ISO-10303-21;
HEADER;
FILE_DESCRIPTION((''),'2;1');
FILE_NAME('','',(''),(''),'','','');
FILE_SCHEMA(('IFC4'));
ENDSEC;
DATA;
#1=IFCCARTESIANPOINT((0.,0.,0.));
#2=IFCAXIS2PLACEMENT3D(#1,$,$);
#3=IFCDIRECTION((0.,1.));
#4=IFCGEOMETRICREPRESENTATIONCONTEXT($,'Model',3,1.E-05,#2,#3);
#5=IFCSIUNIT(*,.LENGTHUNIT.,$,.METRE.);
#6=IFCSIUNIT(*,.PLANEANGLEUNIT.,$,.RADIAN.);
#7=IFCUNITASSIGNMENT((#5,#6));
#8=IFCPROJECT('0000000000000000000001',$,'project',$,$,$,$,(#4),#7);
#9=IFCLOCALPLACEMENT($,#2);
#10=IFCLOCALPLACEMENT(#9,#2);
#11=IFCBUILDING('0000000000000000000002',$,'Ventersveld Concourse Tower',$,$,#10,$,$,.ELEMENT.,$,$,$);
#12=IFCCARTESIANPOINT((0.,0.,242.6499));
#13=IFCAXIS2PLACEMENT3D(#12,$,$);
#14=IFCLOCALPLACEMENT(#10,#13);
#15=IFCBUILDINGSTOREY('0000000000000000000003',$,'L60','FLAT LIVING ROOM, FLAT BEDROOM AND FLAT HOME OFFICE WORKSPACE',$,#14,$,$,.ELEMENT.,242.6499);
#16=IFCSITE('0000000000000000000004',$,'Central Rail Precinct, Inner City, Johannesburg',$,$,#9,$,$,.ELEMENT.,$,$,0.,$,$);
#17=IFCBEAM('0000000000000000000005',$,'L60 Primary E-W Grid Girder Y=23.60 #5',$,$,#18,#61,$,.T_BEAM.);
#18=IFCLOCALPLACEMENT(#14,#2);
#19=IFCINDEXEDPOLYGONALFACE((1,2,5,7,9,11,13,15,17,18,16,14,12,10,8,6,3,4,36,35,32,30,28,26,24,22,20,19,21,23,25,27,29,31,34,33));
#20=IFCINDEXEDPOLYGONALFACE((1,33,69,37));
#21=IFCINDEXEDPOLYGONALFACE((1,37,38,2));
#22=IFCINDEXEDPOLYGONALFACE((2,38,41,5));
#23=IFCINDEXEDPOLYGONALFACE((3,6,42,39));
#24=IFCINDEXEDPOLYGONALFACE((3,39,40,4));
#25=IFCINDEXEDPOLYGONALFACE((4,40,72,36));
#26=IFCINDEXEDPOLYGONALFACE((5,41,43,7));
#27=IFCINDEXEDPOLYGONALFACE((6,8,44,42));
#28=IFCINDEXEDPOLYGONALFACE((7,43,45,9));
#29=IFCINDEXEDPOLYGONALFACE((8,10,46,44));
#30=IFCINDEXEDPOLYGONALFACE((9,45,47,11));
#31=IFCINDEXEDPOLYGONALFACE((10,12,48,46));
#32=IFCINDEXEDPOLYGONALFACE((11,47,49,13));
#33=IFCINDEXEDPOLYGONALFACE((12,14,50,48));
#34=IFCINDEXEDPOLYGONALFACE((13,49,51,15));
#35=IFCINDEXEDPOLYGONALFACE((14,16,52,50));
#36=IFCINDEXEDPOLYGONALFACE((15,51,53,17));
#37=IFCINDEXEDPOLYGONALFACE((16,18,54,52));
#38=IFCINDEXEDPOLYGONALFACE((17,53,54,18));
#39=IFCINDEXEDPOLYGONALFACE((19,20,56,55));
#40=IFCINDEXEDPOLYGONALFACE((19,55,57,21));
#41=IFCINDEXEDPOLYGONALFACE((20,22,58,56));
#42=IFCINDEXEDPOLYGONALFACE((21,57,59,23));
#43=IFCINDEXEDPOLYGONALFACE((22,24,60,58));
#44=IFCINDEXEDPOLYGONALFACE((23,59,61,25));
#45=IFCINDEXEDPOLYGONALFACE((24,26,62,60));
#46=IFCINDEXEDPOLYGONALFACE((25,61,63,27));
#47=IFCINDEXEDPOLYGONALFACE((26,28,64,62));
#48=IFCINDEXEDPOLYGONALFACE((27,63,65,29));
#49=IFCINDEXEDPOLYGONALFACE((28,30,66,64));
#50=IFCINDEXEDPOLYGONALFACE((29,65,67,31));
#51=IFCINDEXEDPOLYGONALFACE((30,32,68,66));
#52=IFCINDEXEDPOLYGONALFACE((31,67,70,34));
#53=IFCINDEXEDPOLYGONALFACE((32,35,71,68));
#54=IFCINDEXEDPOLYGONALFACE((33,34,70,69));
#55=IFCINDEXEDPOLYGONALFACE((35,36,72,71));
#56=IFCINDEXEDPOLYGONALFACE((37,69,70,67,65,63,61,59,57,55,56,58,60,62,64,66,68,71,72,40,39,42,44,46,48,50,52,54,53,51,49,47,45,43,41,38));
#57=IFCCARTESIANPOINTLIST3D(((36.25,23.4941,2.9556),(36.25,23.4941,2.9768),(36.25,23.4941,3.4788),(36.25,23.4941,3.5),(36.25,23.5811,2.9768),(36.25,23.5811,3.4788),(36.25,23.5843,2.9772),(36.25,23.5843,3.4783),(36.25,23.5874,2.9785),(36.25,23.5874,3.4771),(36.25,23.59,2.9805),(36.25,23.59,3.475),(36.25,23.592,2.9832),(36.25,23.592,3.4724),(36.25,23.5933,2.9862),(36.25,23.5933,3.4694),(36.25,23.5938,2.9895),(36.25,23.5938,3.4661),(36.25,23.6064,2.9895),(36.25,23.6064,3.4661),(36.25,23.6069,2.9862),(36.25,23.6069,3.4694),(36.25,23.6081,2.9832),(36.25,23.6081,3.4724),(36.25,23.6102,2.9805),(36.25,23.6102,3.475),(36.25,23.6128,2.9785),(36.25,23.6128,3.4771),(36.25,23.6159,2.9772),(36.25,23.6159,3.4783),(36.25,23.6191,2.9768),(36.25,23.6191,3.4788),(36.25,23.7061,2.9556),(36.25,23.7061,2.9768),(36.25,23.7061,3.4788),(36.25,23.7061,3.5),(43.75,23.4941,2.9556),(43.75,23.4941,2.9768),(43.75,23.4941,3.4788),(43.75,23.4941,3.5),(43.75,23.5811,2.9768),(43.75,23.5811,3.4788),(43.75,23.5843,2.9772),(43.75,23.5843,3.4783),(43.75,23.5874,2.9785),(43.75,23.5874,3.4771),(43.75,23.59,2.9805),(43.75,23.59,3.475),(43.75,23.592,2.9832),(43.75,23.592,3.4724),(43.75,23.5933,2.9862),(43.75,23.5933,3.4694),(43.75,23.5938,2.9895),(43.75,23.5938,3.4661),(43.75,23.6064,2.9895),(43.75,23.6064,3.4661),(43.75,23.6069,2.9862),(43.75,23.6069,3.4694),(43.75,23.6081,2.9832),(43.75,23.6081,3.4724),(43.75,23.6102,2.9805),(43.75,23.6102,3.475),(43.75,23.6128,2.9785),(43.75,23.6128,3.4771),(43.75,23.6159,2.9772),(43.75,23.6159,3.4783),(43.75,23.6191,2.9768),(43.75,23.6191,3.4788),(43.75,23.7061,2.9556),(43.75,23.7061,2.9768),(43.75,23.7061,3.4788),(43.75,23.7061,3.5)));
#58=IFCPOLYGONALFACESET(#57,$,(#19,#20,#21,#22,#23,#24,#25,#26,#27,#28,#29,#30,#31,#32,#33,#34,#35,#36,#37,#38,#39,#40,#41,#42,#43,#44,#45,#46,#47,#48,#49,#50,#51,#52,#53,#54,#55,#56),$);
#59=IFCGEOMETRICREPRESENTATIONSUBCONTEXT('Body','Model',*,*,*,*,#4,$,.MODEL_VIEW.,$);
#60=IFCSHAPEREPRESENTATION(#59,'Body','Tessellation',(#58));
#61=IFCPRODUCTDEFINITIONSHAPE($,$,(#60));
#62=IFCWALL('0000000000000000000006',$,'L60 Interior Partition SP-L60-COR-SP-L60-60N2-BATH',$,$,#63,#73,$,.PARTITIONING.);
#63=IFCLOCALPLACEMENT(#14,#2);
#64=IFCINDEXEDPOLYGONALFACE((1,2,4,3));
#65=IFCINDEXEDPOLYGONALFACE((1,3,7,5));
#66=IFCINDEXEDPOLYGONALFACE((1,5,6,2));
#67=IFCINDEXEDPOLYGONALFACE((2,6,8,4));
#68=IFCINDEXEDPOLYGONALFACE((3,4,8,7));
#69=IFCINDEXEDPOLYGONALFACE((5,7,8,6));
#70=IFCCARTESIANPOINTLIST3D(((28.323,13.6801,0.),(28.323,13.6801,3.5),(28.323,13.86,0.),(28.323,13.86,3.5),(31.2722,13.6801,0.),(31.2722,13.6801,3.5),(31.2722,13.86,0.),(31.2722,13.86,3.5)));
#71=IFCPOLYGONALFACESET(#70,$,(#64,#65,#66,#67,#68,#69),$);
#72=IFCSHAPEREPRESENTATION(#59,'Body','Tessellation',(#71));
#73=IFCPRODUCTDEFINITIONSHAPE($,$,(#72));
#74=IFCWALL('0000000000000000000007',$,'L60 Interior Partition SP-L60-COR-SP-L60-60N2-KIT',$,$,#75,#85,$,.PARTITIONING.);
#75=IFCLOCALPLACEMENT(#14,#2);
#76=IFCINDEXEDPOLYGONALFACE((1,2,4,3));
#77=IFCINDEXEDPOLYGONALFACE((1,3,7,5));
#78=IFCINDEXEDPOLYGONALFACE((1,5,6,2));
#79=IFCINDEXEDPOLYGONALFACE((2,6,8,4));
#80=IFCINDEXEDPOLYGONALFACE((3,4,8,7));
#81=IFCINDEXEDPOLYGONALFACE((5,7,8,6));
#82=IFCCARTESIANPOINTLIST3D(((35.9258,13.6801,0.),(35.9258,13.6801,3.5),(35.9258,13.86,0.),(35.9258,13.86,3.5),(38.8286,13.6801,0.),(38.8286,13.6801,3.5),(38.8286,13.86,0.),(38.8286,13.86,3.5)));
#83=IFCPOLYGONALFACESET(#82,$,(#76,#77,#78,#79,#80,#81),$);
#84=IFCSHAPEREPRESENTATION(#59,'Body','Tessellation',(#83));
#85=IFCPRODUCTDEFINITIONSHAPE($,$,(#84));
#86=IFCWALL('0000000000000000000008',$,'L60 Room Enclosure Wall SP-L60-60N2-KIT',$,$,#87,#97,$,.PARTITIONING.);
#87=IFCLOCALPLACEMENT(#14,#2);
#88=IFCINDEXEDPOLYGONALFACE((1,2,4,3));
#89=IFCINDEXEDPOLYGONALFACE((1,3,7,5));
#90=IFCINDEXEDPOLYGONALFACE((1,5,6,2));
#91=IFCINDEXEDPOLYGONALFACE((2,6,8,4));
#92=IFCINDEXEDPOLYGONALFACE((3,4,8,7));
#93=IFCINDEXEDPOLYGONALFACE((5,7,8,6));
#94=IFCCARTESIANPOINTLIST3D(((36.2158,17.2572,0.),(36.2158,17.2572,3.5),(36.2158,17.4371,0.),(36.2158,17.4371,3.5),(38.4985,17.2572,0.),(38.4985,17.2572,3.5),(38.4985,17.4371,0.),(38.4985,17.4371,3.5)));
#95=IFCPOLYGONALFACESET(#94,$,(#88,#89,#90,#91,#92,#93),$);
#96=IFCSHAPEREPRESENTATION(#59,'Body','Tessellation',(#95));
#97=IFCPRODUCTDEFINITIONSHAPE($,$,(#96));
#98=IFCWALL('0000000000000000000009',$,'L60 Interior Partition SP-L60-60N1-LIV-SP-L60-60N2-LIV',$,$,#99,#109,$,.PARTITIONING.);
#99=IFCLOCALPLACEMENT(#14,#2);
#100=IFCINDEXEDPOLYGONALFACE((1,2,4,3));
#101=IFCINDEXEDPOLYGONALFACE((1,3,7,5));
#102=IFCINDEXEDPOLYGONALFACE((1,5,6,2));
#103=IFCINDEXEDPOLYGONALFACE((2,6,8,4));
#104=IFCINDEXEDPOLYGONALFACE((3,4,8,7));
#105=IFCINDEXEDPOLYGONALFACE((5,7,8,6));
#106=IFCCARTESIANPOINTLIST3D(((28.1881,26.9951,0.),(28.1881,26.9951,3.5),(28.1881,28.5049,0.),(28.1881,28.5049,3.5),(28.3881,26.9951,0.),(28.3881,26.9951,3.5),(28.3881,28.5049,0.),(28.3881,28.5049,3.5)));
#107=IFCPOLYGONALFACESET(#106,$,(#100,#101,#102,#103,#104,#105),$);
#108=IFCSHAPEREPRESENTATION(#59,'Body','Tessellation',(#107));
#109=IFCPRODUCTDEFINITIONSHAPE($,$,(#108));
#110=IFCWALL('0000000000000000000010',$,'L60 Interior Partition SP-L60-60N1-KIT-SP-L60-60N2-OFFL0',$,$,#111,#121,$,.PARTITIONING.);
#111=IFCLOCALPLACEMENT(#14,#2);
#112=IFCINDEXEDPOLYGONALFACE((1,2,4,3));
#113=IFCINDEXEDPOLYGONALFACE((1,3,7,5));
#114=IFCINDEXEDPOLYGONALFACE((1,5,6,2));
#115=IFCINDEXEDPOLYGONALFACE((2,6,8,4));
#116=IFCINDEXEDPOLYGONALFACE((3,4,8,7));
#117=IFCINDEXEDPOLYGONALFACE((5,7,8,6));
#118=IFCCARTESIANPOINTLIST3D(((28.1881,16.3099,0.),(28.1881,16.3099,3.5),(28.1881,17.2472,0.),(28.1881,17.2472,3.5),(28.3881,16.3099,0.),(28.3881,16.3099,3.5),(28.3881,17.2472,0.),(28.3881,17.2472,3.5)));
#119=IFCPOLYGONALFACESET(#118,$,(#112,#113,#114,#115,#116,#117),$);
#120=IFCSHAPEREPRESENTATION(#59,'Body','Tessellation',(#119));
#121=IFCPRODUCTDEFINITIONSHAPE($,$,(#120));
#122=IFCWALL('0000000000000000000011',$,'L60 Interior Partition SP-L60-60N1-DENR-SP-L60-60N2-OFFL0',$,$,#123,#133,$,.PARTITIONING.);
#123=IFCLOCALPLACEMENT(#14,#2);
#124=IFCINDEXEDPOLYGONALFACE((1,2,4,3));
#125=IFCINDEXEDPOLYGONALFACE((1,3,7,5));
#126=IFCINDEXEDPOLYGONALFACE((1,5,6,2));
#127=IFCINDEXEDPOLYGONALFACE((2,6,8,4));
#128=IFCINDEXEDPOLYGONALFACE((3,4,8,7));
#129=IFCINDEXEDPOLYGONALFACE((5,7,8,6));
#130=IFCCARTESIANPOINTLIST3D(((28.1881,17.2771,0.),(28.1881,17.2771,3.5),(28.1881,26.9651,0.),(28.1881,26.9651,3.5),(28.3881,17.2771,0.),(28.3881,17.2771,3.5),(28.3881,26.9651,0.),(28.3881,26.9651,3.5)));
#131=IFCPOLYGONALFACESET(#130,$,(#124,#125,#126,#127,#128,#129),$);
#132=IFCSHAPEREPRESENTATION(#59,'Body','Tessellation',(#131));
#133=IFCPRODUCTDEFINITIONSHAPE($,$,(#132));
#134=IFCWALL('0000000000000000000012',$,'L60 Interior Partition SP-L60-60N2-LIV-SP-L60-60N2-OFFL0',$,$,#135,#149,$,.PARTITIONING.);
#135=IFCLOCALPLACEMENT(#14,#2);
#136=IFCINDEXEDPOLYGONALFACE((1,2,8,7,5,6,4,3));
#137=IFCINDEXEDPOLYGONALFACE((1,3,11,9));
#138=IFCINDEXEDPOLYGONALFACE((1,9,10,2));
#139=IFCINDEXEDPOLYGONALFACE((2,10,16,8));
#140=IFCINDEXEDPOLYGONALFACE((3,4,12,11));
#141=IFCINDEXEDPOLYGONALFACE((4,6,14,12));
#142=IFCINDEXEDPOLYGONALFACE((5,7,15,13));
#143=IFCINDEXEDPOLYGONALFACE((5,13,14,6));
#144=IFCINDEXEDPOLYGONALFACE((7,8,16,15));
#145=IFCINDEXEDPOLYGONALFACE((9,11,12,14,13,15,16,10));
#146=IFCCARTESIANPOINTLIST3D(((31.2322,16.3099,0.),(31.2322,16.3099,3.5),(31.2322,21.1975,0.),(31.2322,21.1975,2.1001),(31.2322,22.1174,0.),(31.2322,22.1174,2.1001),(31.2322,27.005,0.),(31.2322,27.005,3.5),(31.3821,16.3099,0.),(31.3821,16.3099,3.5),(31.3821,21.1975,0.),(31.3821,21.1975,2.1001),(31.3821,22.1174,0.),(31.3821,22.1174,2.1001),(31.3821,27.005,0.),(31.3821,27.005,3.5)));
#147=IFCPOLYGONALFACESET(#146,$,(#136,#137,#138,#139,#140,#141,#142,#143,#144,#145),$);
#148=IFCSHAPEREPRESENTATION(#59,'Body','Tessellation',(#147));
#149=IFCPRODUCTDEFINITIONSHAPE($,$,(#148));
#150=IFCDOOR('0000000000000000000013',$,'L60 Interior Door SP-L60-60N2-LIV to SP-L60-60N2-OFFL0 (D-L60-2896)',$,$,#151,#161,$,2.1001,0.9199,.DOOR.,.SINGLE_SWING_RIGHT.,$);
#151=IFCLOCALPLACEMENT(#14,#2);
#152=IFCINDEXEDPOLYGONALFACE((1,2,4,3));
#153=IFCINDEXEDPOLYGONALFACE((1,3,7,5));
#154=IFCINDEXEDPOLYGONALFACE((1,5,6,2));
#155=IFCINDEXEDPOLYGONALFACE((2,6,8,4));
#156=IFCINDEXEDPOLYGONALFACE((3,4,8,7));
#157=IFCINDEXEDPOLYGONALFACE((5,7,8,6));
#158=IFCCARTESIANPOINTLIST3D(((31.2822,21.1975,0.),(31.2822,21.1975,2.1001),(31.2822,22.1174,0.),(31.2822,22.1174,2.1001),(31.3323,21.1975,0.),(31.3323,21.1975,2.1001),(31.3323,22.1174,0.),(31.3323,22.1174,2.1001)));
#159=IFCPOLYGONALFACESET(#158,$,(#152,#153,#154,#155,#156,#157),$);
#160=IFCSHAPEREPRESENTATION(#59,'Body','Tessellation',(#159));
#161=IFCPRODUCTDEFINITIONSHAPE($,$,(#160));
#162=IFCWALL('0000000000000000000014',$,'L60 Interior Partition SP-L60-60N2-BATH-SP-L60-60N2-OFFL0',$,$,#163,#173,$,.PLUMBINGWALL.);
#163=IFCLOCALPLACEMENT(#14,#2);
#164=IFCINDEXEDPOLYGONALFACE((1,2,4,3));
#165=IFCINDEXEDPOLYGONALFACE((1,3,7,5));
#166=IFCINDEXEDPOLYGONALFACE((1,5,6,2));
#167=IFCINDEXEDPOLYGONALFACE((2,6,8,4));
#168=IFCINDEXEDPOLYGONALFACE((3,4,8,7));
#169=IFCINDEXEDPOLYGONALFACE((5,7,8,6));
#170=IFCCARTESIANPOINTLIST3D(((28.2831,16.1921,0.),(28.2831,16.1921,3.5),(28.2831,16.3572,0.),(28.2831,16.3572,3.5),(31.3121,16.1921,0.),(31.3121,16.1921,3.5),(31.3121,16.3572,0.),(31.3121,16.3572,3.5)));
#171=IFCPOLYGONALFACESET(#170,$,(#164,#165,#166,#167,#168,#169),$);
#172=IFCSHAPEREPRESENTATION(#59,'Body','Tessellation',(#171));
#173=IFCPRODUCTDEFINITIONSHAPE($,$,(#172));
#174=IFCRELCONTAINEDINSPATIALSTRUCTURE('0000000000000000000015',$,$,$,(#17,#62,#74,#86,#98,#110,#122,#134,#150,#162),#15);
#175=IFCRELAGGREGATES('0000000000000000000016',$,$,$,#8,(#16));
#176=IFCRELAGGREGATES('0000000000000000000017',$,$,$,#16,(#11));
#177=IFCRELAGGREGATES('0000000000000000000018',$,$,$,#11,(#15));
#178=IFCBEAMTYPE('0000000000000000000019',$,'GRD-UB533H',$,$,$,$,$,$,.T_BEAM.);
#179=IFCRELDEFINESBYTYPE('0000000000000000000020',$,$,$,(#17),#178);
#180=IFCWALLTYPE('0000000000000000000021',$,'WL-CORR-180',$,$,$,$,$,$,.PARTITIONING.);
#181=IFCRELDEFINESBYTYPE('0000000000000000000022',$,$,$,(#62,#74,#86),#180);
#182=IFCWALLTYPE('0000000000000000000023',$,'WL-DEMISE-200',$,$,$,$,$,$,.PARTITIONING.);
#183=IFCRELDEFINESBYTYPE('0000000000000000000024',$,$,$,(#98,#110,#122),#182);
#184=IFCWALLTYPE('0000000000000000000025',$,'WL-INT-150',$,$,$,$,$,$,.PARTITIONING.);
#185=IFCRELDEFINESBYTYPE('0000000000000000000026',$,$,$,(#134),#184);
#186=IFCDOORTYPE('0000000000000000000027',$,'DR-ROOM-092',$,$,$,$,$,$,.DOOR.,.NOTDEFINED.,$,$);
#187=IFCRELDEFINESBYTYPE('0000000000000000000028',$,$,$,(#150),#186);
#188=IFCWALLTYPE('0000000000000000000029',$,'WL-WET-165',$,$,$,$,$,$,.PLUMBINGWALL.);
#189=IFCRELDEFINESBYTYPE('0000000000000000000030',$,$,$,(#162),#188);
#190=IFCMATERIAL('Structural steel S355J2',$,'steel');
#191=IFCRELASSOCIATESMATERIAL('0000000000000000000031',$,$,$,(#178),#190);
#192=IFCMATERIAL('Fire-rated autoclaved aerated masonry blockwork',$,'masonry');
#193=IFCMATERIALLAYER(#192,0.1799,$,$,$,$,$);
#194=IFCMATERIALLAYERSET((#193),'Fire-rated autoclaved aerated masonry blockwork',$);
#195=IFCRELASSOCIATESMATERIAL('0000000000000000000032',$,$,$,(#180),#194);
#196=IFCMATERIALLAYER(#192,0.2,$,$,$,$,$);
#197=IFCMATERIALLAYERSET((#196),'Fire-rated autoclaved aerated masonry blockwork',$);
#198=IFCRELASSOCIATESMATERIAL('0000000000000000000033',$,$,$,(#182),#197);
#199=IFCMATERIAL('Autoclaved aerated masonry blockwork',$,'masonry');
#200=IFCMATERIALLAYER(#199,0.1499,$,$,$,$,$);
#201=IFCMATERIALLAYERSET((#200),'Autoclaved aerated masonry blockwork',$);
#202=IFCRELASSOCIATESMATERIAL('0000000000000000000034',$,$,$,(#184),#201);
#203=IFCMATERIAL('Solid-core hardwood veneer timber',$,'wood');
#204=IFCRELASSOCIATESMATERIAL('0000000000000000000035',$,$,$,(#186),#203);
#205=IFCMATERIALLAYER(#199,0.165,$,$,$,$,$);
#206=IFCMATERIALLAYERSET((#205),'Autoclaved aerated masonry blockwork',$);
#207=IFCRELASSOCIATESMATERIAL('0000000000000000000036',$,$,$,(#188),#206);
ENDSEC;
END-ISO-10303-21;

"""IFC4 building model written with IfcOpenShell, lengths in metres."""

from ifc_helpers import new_model, si_unit, direction, frame, frame_2d, origin, origin_2d, place, context, subcontext, project, spatial, rectangle, i_section, extrude, material, layer, layer_set, material_profile, profile_set, type_object, element, fill, save


model = new_model("IFC4")

# Units and contexts
model_context = context("Model", 3, precision=1e-05, world=origin(), true_north=direction((0.0, 1.0)))
body_context = subcontext(model_context, "Body", "Model", "MODEL_VIEW")
ifc_project = project(units=[si_unit("LENGTHUNIT", "METRE"), si_unit("PLANEANGLEUNIT", "RADIAN")], contexts=[model_context])

# Site, building, storey
site_placement = place(None, origin())
site = spatial("IfcSite", under=ifc_project, at=site_placement, Name="Central Rail Precinct, Inner City, Johannesburg", CompositionType="ELEMENT", RefElevation=0.0)
building_placement = place(site_placement, origin())
building = spatial("IfcBuilding", under=site, at=building_placement, Name="Ventersveld Concourse Tower", CompositionType="ELEMENT")
storey_placement = place(building_placement, frame((0.0, 0.0, 242.6499)))
storey = spatial("IfcBuildingStorey", under=building, at=storey_placement, Name="L60", Description="FLAT LIVING ROOM, FLAT BEDROOM AND FLAT HOME OFFICE WORKSPACE", CompositionType="ELEMENT", Elevation=242.6499)

# Beam
ifc_material_1 = material(Name="Structural steel S355J2", Category="steel")
ifc_material_profile_1 = material_profile(ifc_material_1, i_section(OverallWidth=0.2119, OverallDepth=0.5444, WebThickness=0.0127, FlangeThickness=0.0212, FilletRadius=0.0127, at=origin_2d()), Name="UB 533x210x122")
ifc_profile_set_1 = profile_set([ifc_material_profile_1], Name="Structural steel S355J2")
beam_type_1 = type_object("IfcBeamType", Name="GRD-UB533H", PredefinedType="T_BEAM", material=ifc_profile_set_1)
for number, where, z_axis, x_axis, name in (
    (1, (36.25, 23.6001, 3.2278), (1.0, 0.0, 0.0), (0.0, 1.0, 0.0), "L60 Primary E-W Grid Girder Y=23.60 #5"),
):
    element("IfcBeam", number, at=place(storey_placement, frame(where, z_axis=z_axis, x_axis=x_axis)), inside=storey, type_object=beam_type_1, Name=name, PredefinedType="T_BEAM", context=body_context, shape_type="SweptSolid", body=[
        extrude(i_section(OverallWidth=0.2119, OverallDepth=0.5444, WebThickness=0.0127, FlangeThickness=0.0212, FilletRadius=0.0127, at=origin_2d()), origin(), (0.0, 0.0, 1.0), 7.5),
    ])

# Shared definitions
ifc_material_2 = material(Name="Fire-rated autoclaved aerated masonry blockwork", Category="masonry")
ifc_layer_1 = layer(ifc_material_2, 0.1799)
ifc_layer_set_1 = layer_set([ifc_layer_1], Name="Fire-rated autoclaved aerated masonry blockwork")
wall_type_1 = type_object("IfcWallType", Name="WL-CORR-180", PredefinedType="PARTITIONING", material=ifc_layer_set_1)
ifc_material_3 = material(Name="Solid-core hardwood veneer timber", Category="wood")

# Walls
wall_1_placement = place(storey_placement, frame((28.323, 13.77, 0.0), z_axis=(0.0, 0.0, 1.0), x_axis=(1.0, 0.0, 0.0)))
element("IfcWall", 2, at=wall_1_placement, inside=storey, type_object=wall_type_1, Name="L60 Interior Partition SP-L60-COR-SP-L60-60N2-BATH", PredefinedType="PARTITIONING", context=body_context, shape_type="SweptSolid", body=[
    extrude(rectangle(XDim=2.9492, YDim=0.1799, at=frame_2d((1.4746, 0.0))), origin(), (0.0, 0.0, 1.0), 3.5),
])
wall_2_placement = place(storey_placement, frame((35.9258, 13.77, 0.0), z_axis=(0.0, 0.0, 1.0), x_axis=(1.0, 0.0, 0.0)))
element("IfcWall", 3, at=wall_2_placement, inside=storey, type_object=wall_type_1, Name="L60 Interior Partition SP-L60-COR-SP-L60-60N2-KIT", PredefinedType="PARTITIONING", context=body_context, shape_type="SweptSolid", body=[
    extrude(rectangle(XDim=2.9028, YDim=0.1799, at=frame_2d((1.4514, 0.0))), origin(), (0.0, 0.0, 1.0), 3.5),
])
wall_3_placement = place(storey_placement, frame((36.2158, 17.3472, 0.0), z_axis=(0.0, 0.0, 1.0), x_axis=(1.0, 0.0, 0.0)))
element("IfcWall", 4, at=wall_3_placement, inside=storey, type_object=wall_type_1, Name="L60 Room Enclosure Wall SP-L60-60N2-KIT", PredefinedType="PARTITIONING", context=body_context, shape_type="SweptSolid", body=[
    extrude(rectangle(XDim=2.2827, YDim=0.1799, at=frame_2d((1.1414, 0.0))), origin(), (0.0, 0.0, 1.0), 3.5),
])
ifc_layer_2 = layer(ifc_material_2, 0.2)
ifc_layer_set_2 = layer_set([ifc_layer_2], Name="Fire-rated autoclaved aerated masonry blockwork")
wall_type_2 = type_object("IfcWallType", Name="WL-DEMISE-200", PredefinedType="PARTITIONING", material=ifc_layer_set_2)
wall_4_placement = place(storey_placement, frame((28.2881, 26.9951, 0.0), z_axis=(0.0, 0.0, 1.0), x_axis=(0.0, 1.0, 0.0)))
element("IfcWall", 5, at=wall_4_placement, inside=storey, type_object=wall_type_2, Name="L60 Interior Partition SP-L60-60N1-LIV-SP-L60-60N2-LIV", PredefinedType="PARTITIONING", context=body_context, shape_type="SweptSolid", body=[
    extrude(rectangle(XDim=1.5098, YDim=0.2, at=frame_2d((0.7549, 0.0))), origin(), (0.0, 0.0, 1.0), 3.5),
])
wall_5_placement = place(storey_placement, frame((28.2881, 16.3098, 0.0), z_axis=(0.0, 0.0, 1.0), x_axis=(0.0, 1.0, 0.0)))
element("IfcWall", 6, at=wall_5_placement, inside=storey, type_object=wall_type_2, Name="L60 Interior Partition SP-L60-60N1-KIT-SP-L60-60N2-OFFL0", PredefinedType="PARTITIONING", context=body_context, shape_type="SweptSolid", body=[
    extrude(rectangle(XDim=0.9373, YDim=0.2, at=frame_2d((0.4688, 0.0))), origin(), (0.0, 0.0, 1.0), 3.5),
])
wall_6_placement = place(storey_placement, frame((28.2881, 17.2771, 0.0), z_axis=(0.0, 0.0, 1.0), x_axis=(0.0, 1.0, 0.0)))
element("IfcWall", 7, at=wall_6_placement, inside=storey, type_object=wall_type_2, Name="L60 Interior Partition SP-L60-60N1-DENR-SP-L60-60N2-OFFL0", PredefinedType="PARTITIONING", context=body_context, shape_type="SweptSolid", body=[
    extrude(rectangle(XDim=9.688, YDim=0.2, at=frame_2d((4.844, 0.0))), origin(), (0.0, 0.0, 1.0), 3.5),
])

# Wall, opening, door
ifc_material_4 = material(Name="Autoclaved aerated masonry blockwork", Category="masonry")
ifc_layer_3 = layer(ifc_material_4, 0.1499)
ifc_layer_set_3 = layer_set([ifc_layer_3], Name="Autoclaved aerated masonry blockwork")
wall_type_3 = type_object("IfcWallType", Name="WL-INT-150", PredefinedType="PARTITIONING", material=ifc_layer_set_3)
wall_7_placement = place(storey_placement, frame((31.3071, 16.3098, 0.0), z_axis=(0.0, 0.0, 1.0), x_axis=(0.0, 1.0, 0.0)))
wall_7 = element("IfcWall", 8, at=wall_7_placement, inside=storey, type_object=wall_type_3, Name="L60 Interior Partition SP-L60-60N2-LIV-SP-L60-60N2-OFFL0", PredefinedType="PARTITIONING", context=body_context, shape_type="SweptSolid", body=[
    extrude(rectangle(XDim=10.6951, YDim=0.1499, at=frame_2d((5.3477, 0.0))), origin(), (0.0, 0.0, 1.0), 3.5),
])
opening_1_placement = place(wall_7_placement, frame((4.8877, 0.0, 0.0)))
opening_1 = element("IfcOpeningElement", 9, at=opening_1_placement, cuts=wall_7, PredefinedType="OPENING", context=body_context, shape_type="SweptSolid", body=[
    extrude(rectangle(XDim=0.9199, YDim=2.1001, at=frame_2d((0.46, 1.05))), frame((0.0, 0.085, 0.0), z_axis=(0.0, -1.0, 0.0), x_axis=(1.0, 0.0, 0.0)), (0.0, 0.0, 1.0), 0.1699),
])
door_type_1 = type_object("IfcDoorType", Name="DR-ROOM-092", OperationType="NOTDEFINED", PredefinedType="DOOR", material=ifc_material_3)
door_1_placement = place(opening_1_placement, origin())
door_1 = element("IfcDoor", 10, at=door_1_placement, inside=storey, type_object=door_type_1, Name="L60 Interior Door SP-L60-60N2-LIV to SP-L60-60N2-OFFL0 (D-L60-2896)", OperationType="SINGLE_SWING_RIGHT", OverallHeight=2.1001, OverallWidth=0.9199, PredefinedType="DOOR", context=body_context, shape_type="SweptSolid", body=[
    extrude(rectangle(XDim=0.9199, YDim=2.1001, at=frame_2d((0.46, 1.05))), frame((0.0, 0.0249, 0.0), z_axis=(0.0, -1.0, 0.0), x_axis=(1.0, 0.0, 0.0)), (0.0, 0.0, 1.0), 0.05),
])
fill(opening_1, door_1)

# Wall
ifc_layer_4 = layer(ifc_material_4, 0.165)
ifc_layer_set_4 = layer_set([ifc_layer_4], Name="Autoclaved aerated masonry blockwork")
wall_type_4 = type_object("IfcWallType", Name="WL-WET-165", PredefinedType="PLUMBINGWALL", material=ifc_layer_set_4)
wall_8_placement = place(storey_placement, frame((28.283, 16.2747, 0.0), z_axis=(0.0, 0.0, 1.0), x_axis=(1.0, 0.0, 0.0)))
element("IfcWall", 11, at=wall_8_placement, inside=storey, type_object=wall_type_4, Name="L60 Interior Partition SP-L60-60N2-BATH-SP-L60-60N2-OFFL0", PredefinedType="PLUMBINGWALL", context=body_context, shape_type="SweptSolid", body=[
    extrude(rectangle(XDim=3.0291, YDim=0.165, at=frame_2d((1.5146, 0.0))), origin(), (0.0, 0.0, 1.0), 3.5),
])

save(model, "model.ifc")
